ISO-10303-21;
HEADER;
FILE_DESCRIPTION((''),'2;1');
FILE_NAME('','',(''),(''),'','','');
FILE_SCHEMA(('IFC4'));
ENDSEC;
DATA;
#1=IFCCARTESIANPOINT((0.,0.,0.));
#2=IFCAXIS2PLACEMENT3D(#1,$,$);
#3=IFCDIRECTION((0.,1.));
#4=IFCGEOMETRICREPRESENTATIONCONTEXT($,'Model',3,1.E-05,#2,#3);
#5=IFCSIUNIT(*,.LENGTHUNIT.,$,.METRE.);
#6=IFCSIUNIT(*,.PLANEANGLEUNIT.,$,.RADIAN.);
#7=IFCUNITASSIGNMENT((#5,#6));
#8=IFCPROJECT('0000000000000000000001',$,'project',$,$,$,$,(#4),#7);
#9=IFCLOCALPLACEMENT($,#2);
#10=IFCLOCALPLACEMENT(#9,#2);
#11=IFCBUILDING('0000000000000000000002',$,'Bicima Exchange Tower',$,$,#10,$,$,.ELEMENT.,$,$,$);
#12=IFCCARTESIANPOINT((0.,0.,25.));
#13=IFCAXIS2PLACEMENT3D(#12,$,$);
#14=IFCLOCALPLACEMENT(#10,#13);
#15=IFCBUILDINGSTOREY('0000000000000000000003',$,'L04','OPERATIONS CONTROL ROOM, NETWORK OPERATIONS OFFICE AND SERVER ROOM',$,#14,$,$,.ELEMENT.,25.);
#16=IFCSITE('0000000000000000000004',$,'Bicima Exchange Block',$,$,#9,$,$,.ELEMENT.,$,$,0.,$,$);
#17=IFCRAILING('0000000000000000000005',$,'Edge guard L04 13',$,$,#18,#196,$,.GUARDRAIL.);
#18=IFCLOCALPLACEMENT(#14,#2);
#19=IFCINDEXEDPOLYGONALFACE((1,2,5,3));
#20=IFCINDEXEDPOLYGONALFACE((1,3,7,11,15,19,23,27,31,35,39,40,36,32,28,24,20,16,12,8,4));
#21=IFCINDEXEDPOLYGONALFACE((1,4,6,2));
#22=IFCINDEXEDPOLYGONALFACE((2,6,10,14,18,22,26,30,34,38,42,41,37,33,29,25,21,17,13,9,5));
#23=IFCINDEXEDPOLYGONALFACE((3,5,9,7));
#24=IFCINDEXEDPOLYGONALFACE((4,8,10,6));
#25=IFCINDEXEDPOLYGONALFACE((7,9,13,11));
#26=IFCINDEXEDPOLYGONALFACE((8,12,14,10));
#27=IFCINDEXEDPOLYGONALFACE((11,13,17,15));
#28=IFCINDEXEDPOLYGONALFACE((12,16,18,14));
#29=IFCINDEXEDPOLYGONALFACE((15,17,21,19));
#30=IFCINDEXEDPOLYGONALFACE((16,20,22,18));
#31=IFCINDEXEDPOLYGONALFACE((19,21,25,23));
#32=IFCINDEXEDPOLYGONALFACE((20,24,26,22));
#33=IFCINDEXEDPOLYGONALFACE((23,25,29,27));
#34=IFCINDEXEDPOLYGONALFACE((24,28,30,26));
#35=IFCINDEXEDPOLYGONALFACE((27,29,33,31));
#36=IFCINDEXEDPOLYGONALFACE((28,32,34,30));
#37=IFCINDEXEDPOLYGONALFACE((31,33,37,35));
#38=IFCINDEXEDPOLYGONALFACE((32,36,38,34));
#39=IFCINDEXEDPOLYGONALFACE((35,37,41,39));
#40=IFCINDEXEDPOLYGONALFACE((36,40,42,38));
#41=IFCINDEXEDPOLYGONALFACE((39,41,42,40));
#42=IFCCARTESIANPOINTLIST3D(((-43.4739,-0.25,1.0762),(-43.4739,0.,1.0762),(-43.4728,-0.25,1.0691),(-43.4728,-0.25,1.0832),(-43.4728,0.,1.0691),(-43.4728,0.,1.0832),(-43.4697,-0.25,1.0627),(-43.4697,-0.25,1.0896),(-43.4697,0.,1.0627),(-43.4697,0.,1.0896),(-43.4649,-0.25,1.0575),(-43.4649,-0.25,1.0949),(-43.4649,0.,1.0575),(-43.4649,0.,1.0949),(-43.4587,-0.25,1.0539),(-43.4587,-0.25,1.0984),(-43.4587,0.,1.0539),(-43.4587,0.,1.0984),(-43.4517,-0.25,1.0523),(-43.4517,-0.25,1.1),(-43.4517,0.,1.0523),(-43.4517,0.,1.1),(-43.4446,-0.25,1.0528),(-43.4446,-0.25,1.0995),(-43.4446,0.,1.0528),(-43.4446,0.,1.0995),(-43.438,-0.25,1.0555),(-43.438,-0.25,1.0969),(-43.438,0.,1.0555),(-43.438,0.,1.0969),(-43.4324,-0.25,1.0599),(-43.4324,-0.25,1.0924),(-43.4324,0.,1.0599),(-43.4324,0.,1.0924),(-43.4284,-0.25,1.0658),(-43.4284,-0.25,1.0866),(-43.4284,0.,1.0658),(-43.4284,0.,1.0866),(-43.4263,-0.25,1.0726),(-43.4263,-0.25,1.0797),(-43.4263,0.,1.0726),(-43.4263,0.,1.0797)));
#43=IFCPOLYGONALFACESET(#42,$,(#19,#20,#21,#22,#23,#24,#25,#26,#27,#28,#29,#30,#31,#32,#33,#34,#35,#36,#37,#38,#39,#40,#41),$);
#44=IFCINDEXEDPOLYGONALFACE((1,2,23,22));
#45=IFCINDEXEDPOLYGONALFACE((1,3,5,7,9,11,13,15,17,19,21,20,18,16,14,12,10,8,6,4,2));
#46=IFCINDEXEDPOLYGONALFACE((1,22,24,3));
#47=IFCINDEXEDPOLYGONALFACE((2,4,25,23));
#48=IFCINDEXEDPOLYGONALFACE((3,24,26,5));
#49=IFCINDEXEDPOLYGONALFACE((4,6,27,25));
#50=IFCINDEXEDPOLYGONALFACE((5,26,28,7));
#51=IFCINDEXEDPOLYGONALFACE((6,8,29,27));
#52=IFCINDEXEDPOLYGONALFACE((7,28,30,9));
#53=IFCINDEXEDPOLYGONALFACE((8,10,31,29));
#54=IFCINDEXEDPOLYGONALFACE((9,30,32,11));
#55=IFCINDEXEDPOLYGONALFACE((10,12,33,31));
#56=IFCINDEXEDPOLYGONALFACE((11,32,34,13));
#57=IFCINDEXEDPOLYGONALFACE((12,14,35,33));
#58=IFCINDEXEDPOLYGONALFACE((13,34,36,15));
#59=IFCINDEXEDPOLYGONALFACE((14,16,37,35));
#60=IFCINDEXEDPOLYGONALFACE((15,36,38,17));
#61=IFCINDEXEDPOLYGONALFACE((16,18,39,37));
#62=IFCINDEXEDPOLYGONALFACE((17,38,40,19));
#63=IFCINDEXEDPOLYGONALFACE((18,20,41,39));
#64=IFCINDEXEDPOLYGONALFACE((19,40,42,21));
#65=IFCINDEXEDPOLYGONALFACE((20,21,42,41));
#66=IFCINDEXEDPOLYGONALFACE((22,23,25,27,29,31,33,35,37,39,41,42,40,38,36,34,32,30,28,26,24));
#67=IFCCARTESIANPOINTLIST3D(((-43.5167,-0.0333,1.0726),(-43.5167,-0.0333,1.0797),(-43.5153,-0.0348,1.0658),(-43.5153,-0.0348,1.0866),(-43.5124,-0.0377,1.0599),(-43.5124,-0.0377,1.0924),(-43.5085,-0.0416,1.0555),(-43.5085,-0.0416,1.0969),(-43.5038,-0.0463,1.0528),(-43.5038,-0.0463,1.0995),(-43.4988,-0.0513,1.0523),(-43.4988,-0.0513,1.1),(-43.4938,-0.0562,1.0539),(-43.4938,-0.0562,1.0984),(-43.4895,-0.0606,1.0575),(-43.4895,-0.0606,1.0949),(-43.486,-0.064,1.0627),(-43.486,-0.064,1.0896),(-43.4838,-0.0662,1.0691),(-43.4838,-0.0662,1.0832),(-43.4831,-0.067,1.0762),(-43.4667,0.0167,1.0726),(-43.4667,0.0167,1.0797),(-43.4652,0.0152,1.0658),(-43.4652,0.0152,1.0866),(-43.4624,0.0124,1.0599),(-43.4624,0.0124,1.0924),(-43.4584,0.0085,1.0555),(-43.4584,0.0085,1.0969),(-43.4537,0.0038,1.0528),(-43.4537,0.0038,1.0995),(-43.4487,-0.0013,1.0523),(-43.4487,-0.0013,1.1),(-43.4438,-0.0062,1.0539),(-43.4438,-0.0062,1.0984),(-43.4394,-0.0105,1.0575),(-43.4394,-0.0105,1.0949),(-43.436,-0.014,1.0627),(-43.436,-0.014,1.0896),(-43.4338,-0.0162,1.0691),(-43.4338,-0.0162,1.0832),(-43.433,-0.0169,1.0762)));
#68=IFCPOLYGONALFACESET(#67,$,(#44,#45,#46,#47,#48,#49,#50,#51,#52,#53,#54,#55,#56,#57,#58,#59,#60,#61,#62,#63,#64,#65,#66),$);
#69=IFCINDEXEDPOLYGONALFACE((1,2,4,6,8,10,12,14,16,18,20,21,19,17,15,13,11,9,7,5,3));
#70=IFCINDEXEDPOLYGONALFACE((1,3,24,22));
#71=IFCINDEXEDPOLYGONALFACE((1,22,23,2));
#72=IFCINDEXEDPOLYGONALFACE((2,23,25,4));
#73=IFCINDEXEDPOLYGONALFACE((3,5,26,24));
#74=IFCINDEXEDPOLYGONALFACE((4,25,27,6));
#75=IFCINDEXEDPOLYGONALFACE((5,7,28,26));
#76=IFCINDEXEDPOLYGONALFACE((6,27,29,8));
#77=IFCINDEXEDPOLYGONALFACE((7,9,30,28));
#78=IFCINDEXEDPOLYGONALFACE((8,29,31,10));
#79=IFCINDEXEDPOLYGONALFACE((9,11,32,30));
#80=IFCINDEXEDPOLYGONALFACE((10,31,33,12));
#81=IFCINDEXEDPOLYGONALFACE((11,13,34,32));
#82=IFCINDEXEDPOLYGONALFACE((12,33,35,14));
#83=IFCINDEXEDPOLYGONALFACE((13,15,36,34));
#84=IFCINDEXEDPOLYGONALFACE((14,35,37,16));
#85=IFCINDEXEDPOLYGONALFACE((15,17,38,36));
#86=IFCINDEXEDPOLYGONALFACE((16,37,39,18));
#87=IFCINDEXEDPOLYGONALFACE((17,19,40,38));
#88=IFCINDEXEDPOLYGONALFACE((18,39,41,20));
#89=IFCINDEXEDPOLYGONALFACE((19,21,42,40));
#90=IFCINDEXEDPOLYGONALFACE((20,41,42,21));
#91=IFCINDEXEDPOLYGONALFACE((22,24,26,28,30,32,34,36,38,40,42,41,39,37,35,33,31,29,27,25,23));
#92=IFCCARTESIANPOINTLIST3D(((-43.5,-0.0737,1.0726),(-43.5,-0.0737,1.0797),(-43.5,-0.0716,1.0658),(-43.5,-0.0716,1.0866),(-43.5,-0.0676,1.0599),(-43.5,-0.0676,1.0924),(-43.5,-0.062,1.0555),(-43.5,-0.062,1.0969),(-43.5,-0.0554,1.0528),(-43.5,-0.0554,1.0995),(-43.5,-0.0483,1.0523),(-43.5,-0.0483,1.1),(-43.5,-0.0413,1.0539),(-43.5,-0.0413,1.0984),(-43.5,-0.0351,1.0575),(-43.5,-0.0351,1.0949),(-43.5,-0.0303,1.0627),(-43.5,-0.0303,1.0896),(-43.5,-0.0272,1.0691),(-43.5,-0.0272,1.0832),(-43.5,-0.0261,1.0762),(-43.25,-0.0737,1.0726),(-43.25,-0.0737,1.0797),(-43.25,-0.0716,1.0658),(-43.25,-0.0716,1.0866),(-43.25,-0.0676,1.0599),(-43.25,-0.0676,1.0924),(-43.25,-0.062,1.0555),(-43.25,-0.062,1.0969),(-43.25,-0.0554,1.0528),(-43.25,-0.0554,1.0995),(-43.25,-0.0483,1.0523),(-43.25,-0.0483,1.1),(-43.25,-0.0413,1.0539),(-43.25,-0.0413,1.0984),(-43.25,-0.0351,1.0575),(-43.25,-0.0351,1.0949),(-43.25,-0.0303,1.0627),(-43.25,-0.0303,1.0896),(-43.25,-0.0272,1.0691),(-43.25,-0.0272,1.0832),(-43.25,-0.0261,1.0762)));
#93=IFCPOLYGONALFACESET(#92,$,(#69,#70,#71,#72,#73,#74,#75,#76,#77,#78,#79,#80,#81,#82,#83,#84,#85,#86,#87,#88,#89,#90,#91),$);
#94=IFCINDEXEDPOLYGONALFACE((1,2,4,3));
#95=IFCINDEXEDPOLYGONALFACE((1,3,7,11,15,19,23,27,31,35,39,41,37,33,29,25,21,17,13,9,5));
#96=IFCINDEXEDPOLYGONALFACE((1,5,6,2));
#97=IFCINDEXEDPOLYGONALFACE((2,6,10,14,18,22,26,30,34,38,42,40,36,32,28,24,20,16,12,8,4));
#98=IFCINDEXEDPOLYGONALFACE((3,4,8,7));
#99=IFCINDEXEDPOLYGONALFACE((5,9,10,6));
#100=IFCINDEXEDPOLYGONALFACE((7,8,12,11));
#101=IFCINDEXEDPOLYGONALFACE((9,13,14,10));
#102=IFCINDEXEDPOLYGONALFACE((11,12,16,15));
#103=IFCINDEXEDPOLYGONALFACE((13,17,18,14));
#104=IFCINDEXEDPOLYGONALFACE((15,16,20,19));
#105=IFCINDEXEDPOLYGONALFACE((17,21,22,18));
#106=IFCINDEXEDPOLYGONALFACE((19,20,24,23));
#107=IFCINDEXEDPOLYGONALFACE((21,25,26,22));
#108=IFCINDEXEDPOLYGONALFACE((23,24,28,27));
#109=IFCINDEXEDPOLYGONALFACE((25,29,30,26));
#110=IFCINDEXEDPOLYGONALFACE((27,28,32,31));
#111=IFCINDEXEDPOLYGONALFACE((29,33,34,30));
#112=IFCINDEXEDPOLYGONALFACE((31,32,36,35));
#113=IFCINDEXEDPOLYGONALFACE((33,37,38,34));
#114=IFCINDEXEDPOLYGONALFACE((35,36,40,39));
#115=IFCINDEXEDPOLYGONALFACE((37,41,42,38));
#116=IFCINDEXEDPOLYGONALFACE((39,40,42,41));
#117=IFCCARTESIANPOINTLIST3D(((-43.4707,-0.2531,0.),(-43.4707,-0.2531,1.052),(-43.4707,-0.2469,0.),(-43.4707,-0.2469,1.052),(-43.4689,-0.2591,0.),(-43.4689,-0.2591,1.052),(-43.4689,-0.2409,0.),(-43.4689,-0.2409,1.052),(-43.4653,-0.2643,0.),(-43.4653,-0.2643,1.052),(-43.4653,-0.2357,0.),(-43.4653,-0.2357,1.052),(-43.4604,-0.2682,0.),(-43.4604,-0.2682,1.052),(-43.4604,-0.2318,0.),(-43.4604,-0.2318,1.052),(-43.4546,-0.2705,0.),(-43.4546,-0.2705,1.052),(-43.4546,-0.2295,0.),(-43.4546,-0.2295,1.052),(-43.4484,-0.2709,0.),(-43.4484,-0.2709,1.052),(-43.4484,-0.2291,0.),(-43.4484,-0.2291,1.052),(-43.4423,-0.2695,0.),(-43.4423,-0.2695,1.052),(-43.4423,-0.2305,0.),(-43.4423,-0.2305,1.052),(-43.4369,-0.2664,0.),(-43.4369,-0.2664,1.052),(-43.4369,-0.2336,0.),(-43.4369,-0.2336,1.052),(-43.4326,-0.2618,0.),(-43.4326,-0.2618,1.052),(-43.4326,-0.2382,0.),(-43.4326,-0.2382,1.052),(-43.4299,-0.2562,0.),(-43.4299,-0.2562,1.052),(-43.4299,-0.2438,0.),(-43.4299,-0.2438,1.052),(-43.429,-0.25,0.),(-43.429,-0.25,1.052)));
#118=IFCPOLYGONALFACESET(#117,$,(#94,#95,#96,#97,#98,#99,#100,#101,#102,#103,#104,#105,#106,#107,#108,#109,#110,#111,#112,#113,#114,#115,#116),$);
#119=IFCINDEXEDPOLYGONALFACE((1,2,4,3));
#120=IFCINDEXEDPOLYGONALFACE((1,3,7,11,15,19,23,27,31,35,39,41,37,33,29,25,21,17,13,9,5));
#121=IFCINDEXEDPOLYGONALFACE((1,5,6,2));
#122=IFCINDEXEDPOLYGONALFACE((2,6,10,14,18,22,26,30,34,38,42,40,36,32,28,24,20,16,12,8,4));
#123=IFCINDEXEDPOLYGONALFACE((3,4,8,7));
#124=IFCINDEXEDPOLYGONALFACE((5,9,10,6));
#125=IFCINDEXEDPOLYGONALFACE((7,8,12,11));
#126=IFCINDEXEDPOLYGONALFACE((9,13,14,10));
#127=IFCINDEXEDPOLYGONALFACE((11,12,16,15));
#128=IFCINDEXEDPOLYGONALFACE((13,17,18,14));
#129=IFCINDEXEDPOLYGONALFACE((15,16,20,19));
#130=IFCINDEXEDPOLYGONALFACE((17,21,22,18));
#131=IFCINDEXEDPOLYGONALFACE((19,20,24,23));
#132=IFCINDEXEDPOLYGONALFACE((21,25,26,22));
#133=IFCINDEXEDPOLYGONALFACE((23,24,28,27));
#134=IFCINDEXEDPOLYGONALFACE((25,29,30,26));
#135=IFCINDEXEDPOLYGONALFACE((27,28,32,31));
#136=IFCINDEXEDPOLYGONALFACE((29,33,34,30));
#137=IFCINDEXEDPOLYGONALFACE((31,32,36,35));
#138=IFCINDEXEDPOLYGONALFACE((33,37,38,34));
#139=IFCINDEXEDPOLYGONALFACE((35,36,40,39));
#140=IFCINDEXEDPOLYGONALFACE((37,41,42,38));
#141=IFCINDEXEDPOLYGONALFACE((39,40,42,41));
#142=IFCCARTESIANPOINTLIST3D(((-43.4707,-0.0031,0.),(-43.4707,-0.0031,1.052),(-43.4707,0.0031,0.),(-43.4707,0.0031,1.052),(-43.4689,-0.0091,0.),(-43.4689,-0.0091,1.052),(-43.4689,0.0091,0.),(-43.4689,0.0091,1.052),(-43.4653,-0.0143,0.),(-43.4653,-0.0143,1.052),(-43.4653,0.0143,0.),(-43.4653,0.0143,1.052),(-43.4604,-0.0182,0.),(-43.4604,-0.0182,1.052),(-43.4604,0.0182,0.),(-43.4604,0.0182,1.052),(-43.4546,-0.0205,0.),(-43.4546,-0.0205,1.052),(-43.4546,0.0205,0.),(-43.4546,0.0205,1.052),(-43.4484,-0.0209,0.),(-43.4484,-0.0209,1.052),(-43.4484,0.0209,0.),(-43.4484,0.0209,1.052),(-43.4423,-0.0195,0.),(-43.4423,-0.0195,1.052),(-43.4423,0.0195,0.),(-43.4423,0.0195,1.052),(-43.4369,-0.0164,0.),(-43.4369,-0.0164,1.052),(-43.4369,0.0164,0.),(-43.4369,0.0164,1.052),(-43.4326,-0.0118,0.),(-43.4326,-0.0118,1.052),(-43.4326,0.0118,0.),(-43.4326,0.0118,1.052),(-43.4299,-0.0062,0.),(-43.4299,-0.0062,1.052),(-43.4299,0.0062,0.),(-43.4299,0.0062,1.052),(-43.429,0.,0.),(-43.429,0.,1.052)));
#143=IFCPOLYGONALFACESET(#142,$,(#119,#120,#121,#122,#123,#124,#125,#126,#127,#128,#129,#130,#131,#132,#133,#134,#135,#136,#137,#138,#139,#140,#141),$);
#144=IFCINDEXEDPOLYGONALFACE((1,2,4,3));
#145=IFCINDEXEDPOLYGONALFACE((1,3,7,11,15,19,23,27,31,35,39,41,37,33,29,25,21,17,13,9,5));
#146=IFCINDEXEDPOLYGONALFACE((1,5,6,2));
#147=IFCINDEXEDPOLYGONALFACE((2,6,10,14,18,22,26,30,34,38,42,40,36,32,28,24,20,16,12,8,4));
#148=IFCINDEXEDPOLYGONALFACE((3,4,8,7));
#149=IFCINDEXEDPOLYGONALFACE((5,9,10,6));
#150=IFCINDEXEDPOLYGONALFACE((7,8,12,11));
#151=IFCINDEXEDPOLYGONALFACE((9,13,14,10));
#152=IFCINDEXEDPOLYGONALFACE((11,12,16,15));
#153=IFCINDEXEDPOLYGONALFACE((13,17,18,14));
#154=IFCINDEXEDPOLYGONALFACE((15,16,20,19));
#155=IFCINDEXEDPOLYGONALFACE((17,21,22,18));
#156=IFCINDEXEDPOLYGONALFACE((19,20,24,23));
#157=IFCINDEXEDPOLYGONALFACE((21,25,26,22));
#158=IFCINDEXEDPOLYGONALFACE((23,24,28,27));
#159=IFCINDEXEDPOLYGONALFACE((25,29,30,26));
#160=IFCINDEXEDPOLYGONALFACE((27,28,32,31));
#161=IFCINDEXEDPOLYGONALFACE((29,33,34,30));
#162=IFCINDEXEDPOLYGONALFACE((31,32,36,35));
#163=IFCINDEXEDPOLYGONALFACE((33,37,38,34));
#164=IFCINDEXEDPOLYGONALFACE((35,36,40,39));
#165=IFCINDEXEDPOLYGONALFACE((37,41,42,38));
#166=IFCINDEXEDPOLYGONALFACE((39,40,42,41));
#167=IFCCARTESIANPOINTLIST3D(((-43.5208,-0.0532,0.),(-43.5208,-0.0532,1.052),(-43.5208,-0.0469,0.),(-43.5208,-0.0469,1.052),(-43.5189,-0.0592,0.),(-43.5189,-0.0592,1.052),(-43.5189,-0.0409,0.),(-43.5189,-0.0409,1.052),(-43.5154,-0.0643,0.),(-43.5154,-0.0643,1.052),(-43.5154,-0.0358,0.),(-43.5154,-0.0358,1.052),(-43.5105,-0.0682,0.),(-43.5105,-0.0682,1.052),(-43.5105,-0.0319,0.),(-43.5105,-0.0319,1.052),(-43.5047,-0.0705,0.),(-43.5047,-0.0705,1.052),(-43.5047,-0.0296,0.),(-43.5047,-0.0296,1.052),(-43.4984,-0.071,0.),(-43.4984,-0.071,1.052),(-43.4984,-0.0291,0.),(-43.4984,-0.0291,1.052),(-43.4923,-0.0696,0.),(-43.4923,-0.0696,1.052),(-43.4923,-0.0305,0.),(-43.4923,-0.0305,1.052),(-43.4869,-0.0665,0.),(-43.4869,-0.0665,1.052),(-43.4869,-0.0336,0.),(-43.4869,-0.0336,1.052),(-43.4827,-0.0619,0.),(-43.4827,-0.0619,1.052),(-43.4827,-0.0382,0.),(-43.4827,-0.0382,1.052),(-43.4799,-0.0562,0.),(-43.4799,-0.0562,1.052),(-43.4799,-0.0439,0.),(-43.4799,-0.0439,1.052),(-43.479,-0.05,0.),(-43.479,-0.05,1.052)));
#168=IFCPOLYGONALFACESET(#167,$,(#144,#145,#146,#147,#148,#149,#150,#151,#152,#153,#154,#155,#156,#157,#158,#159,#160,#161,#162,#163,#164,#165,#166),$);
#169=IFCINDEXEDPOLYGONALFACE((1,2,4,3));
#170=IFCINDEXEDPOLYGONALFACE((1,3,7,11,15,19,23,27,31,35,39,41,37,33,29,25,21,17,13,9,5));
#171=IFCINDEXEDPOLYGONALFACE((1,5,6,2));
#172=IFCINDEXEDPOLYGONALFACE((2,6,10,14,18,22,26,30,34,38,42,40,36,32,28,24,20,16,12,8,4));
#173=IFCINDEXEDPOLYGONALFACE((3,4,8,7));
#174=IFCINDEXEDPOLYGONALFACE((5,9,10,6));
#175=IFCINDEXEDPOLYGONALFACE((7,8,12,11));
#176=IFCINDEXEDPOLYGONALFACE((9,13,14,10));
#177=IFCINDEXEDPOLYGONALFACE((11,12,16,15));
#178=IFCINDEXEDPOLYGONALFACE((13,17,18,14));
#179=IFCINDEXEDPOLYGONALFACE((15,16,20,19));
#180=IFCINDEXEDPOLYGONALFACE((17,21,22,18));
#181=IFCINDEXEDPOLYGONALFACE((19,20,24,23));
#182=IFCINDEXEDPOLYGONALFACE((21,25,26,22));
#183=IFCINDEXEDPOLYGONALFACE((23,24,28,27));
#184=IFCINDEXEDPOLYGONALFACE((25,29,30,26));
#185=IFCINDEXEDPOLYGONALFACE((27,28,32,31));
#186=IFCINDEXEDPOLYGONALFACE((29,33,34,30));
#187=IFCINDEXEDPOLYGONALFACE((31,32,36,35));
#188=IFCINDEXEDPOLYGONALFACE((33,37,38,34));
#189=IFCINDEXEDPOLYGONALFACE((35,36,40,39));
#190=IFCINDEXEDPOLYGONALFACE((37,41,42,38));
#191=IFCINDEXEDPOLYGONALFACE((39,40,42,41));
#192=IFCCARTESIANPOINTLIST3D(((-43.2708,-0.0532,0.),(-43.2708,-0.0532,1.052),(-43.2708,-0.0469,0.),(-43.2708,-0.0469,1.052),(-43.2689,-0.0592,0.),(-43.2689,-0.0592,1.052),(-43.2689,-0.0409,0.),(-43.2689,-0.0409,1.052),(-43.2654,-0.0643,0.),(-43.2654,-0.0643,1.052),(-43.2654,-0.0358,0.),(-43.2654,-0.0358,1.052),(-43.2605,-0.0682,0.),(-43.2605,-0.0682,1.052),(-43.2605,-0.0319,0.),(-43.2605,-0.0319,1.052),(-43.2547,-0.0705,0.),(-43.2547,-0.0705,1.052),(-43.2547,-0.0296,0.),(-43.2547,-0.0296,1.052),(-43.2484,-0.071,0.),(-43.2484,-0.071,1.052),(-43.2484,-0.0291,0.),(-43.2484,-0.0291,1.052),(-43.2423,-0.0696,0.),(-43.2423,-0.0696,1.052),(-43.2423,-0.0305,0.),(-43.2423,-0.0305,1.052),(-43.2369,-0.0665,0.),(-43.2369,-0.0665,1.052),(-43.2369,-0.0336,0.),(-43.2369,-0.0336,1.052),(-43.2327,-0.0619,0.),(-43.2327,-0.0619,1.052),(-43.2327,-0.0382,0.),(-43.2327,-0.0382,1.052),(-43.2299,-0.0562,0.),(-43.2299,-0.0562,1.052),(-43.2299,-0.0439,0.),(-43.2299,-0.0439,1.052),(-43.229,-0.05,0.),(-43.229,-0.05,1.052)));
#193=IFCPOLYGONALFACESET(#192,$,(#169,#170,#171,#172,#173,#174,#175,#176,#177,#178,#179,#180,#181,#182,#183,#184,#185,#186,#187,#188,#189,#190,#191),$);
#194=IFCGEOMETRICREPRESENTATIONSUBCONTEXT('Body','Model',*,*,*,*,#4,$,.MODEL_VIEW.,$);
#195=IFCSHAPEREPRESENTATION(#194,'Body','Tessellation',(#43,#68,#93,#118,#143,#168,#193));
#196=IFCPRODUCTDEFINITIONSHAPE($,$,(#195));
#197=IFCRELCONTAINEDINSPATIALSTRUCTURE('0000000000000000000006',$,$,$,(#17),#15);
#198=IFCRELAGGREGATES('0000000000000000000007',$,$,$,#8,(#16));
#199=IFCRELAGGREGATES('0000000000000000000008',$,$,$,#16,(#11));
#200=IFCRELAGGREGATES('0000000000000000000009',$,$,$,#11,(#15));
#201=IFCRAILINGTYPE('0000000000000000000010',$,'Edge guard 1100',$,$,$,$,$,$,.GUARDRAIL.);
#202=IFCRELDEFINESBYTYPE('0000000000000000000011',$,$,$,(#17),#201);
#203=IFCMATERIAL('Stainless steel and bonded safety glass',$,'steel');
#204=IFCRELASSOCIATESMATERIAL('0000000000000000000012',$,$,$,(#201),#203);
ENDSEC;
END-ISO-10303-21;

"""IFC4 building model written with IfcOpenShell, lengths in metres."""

from ifc_helpers import new_model, si_unit, direction, frame, origin, origin_2d, place, context, subcontext, project, spatial, circle, extrude, material, type_object, element, save


model = new_model("IFC4")

# Units and contexts
model_context = context("Model", 3, precision=1e-05, world=origin(), true_north=direction((0.0, 1.0)))
body_context = subcontext(model_context, "Body", "Model", "MODEL_VIEW")
ifc_project = project(units=[si_unit("LENGTHUNIT", "METRE"), si_unit("PLANEANGLEUNIT", "RADIAN")], contexts=[model_context])

# Site, building, storey
site_placement = place(None, origin())
site = spatial("IfcSite", under=ifc_project, at=site_placement, Name="Bicima Exchange Block", CompositionType="ELEMENT", RefElevation=0.0)
building_placement = place(site_placement, origin())
building = spatial("IfcBuilding", under=site, at=building_placement, Name="Bicima Exchange Tower", CompositionType="ELEMENT")
storey_placement = place(building_placement, frame((0.0, 0.0, 25.0)))
storey = spatial("IfcBuildingStorey", under=building, at=storey_placement, Name="L04", Description="OPERATIONS CONTROL ROOM, NETWORK OPERATIONS OFFICE AND SERVER ROOM", CompositionType="ELEMENT", Elevation=25.0)

# Railing
ifc_material_1 = material(Name="Stainless steel and bonded safety glass", Category="steel")
railing_type_1 = type_object("IfcRailingType", Name="Edge guard 1100", PredefinedType="GUARDRAIL", material=ifc_material_1)
railing_1_placement = place(storey_placement, frame((-43.45, -0.25, 0.0)))
element("IfcRailing", 1, at=railing_1_placement, inside=storey, type_object=railing_type_1, Name="Edge guard L04 13", PredefinedType="GUARDRAIL", context=body_context, shape_type="SweptSolid", body=[
    extrude(circle(Radius=0.0239, at=origin_2d()), frame((0.0, 0.0, 1.0762), z_axis=(0.0, 1.0, 0.0), x_axis=(-1.0, 0.0, 0.0)), (0.0, 0.0, 1.0), 0.25),
    extrude(circle(Radius=0.0239, at=origin_2d()), frame((0.0, 0.25, 1.0762), z_axis=(-0.707107, -0.707107, 0.0), x_axis=(0.707107, -0.707107, 0.0)), (0.0, 0.0, 1.0), 0.0708),
    extrude(circle(Radius=0.0239, at=origin_2d()), frame((-0.05, 0.2, 1.0762), z_axis=(1.0, 0.0, 0.0), x_axis=(0.0, 1.0, 0.0)), (0.0, 0.0, 1.0), 0.25),
    extrude(circle(Radius=0.021, at=origin_2d()), origin(), (0.0, 0.0, 1.0), 1.052),
    extrude(circle(Radius=0.021, at=origin_2d()), frame((0.0, 0.25, 0.0)), (0.0, 0.0, 1.0), 1.052),
    extrude(circle(Radius=0.021, at=origin_2d()), frame((-0.05, 0.2, 0.0)), (0.0, 0.0, 1.0), 1.052),
    extrude(circle(Radius=0.021, at=origin_2d()), frame((0.2, 0.2, 0.0)), (0.0, 0.0, 1.0), 1.052),
])

save(model, "model.ifc")
